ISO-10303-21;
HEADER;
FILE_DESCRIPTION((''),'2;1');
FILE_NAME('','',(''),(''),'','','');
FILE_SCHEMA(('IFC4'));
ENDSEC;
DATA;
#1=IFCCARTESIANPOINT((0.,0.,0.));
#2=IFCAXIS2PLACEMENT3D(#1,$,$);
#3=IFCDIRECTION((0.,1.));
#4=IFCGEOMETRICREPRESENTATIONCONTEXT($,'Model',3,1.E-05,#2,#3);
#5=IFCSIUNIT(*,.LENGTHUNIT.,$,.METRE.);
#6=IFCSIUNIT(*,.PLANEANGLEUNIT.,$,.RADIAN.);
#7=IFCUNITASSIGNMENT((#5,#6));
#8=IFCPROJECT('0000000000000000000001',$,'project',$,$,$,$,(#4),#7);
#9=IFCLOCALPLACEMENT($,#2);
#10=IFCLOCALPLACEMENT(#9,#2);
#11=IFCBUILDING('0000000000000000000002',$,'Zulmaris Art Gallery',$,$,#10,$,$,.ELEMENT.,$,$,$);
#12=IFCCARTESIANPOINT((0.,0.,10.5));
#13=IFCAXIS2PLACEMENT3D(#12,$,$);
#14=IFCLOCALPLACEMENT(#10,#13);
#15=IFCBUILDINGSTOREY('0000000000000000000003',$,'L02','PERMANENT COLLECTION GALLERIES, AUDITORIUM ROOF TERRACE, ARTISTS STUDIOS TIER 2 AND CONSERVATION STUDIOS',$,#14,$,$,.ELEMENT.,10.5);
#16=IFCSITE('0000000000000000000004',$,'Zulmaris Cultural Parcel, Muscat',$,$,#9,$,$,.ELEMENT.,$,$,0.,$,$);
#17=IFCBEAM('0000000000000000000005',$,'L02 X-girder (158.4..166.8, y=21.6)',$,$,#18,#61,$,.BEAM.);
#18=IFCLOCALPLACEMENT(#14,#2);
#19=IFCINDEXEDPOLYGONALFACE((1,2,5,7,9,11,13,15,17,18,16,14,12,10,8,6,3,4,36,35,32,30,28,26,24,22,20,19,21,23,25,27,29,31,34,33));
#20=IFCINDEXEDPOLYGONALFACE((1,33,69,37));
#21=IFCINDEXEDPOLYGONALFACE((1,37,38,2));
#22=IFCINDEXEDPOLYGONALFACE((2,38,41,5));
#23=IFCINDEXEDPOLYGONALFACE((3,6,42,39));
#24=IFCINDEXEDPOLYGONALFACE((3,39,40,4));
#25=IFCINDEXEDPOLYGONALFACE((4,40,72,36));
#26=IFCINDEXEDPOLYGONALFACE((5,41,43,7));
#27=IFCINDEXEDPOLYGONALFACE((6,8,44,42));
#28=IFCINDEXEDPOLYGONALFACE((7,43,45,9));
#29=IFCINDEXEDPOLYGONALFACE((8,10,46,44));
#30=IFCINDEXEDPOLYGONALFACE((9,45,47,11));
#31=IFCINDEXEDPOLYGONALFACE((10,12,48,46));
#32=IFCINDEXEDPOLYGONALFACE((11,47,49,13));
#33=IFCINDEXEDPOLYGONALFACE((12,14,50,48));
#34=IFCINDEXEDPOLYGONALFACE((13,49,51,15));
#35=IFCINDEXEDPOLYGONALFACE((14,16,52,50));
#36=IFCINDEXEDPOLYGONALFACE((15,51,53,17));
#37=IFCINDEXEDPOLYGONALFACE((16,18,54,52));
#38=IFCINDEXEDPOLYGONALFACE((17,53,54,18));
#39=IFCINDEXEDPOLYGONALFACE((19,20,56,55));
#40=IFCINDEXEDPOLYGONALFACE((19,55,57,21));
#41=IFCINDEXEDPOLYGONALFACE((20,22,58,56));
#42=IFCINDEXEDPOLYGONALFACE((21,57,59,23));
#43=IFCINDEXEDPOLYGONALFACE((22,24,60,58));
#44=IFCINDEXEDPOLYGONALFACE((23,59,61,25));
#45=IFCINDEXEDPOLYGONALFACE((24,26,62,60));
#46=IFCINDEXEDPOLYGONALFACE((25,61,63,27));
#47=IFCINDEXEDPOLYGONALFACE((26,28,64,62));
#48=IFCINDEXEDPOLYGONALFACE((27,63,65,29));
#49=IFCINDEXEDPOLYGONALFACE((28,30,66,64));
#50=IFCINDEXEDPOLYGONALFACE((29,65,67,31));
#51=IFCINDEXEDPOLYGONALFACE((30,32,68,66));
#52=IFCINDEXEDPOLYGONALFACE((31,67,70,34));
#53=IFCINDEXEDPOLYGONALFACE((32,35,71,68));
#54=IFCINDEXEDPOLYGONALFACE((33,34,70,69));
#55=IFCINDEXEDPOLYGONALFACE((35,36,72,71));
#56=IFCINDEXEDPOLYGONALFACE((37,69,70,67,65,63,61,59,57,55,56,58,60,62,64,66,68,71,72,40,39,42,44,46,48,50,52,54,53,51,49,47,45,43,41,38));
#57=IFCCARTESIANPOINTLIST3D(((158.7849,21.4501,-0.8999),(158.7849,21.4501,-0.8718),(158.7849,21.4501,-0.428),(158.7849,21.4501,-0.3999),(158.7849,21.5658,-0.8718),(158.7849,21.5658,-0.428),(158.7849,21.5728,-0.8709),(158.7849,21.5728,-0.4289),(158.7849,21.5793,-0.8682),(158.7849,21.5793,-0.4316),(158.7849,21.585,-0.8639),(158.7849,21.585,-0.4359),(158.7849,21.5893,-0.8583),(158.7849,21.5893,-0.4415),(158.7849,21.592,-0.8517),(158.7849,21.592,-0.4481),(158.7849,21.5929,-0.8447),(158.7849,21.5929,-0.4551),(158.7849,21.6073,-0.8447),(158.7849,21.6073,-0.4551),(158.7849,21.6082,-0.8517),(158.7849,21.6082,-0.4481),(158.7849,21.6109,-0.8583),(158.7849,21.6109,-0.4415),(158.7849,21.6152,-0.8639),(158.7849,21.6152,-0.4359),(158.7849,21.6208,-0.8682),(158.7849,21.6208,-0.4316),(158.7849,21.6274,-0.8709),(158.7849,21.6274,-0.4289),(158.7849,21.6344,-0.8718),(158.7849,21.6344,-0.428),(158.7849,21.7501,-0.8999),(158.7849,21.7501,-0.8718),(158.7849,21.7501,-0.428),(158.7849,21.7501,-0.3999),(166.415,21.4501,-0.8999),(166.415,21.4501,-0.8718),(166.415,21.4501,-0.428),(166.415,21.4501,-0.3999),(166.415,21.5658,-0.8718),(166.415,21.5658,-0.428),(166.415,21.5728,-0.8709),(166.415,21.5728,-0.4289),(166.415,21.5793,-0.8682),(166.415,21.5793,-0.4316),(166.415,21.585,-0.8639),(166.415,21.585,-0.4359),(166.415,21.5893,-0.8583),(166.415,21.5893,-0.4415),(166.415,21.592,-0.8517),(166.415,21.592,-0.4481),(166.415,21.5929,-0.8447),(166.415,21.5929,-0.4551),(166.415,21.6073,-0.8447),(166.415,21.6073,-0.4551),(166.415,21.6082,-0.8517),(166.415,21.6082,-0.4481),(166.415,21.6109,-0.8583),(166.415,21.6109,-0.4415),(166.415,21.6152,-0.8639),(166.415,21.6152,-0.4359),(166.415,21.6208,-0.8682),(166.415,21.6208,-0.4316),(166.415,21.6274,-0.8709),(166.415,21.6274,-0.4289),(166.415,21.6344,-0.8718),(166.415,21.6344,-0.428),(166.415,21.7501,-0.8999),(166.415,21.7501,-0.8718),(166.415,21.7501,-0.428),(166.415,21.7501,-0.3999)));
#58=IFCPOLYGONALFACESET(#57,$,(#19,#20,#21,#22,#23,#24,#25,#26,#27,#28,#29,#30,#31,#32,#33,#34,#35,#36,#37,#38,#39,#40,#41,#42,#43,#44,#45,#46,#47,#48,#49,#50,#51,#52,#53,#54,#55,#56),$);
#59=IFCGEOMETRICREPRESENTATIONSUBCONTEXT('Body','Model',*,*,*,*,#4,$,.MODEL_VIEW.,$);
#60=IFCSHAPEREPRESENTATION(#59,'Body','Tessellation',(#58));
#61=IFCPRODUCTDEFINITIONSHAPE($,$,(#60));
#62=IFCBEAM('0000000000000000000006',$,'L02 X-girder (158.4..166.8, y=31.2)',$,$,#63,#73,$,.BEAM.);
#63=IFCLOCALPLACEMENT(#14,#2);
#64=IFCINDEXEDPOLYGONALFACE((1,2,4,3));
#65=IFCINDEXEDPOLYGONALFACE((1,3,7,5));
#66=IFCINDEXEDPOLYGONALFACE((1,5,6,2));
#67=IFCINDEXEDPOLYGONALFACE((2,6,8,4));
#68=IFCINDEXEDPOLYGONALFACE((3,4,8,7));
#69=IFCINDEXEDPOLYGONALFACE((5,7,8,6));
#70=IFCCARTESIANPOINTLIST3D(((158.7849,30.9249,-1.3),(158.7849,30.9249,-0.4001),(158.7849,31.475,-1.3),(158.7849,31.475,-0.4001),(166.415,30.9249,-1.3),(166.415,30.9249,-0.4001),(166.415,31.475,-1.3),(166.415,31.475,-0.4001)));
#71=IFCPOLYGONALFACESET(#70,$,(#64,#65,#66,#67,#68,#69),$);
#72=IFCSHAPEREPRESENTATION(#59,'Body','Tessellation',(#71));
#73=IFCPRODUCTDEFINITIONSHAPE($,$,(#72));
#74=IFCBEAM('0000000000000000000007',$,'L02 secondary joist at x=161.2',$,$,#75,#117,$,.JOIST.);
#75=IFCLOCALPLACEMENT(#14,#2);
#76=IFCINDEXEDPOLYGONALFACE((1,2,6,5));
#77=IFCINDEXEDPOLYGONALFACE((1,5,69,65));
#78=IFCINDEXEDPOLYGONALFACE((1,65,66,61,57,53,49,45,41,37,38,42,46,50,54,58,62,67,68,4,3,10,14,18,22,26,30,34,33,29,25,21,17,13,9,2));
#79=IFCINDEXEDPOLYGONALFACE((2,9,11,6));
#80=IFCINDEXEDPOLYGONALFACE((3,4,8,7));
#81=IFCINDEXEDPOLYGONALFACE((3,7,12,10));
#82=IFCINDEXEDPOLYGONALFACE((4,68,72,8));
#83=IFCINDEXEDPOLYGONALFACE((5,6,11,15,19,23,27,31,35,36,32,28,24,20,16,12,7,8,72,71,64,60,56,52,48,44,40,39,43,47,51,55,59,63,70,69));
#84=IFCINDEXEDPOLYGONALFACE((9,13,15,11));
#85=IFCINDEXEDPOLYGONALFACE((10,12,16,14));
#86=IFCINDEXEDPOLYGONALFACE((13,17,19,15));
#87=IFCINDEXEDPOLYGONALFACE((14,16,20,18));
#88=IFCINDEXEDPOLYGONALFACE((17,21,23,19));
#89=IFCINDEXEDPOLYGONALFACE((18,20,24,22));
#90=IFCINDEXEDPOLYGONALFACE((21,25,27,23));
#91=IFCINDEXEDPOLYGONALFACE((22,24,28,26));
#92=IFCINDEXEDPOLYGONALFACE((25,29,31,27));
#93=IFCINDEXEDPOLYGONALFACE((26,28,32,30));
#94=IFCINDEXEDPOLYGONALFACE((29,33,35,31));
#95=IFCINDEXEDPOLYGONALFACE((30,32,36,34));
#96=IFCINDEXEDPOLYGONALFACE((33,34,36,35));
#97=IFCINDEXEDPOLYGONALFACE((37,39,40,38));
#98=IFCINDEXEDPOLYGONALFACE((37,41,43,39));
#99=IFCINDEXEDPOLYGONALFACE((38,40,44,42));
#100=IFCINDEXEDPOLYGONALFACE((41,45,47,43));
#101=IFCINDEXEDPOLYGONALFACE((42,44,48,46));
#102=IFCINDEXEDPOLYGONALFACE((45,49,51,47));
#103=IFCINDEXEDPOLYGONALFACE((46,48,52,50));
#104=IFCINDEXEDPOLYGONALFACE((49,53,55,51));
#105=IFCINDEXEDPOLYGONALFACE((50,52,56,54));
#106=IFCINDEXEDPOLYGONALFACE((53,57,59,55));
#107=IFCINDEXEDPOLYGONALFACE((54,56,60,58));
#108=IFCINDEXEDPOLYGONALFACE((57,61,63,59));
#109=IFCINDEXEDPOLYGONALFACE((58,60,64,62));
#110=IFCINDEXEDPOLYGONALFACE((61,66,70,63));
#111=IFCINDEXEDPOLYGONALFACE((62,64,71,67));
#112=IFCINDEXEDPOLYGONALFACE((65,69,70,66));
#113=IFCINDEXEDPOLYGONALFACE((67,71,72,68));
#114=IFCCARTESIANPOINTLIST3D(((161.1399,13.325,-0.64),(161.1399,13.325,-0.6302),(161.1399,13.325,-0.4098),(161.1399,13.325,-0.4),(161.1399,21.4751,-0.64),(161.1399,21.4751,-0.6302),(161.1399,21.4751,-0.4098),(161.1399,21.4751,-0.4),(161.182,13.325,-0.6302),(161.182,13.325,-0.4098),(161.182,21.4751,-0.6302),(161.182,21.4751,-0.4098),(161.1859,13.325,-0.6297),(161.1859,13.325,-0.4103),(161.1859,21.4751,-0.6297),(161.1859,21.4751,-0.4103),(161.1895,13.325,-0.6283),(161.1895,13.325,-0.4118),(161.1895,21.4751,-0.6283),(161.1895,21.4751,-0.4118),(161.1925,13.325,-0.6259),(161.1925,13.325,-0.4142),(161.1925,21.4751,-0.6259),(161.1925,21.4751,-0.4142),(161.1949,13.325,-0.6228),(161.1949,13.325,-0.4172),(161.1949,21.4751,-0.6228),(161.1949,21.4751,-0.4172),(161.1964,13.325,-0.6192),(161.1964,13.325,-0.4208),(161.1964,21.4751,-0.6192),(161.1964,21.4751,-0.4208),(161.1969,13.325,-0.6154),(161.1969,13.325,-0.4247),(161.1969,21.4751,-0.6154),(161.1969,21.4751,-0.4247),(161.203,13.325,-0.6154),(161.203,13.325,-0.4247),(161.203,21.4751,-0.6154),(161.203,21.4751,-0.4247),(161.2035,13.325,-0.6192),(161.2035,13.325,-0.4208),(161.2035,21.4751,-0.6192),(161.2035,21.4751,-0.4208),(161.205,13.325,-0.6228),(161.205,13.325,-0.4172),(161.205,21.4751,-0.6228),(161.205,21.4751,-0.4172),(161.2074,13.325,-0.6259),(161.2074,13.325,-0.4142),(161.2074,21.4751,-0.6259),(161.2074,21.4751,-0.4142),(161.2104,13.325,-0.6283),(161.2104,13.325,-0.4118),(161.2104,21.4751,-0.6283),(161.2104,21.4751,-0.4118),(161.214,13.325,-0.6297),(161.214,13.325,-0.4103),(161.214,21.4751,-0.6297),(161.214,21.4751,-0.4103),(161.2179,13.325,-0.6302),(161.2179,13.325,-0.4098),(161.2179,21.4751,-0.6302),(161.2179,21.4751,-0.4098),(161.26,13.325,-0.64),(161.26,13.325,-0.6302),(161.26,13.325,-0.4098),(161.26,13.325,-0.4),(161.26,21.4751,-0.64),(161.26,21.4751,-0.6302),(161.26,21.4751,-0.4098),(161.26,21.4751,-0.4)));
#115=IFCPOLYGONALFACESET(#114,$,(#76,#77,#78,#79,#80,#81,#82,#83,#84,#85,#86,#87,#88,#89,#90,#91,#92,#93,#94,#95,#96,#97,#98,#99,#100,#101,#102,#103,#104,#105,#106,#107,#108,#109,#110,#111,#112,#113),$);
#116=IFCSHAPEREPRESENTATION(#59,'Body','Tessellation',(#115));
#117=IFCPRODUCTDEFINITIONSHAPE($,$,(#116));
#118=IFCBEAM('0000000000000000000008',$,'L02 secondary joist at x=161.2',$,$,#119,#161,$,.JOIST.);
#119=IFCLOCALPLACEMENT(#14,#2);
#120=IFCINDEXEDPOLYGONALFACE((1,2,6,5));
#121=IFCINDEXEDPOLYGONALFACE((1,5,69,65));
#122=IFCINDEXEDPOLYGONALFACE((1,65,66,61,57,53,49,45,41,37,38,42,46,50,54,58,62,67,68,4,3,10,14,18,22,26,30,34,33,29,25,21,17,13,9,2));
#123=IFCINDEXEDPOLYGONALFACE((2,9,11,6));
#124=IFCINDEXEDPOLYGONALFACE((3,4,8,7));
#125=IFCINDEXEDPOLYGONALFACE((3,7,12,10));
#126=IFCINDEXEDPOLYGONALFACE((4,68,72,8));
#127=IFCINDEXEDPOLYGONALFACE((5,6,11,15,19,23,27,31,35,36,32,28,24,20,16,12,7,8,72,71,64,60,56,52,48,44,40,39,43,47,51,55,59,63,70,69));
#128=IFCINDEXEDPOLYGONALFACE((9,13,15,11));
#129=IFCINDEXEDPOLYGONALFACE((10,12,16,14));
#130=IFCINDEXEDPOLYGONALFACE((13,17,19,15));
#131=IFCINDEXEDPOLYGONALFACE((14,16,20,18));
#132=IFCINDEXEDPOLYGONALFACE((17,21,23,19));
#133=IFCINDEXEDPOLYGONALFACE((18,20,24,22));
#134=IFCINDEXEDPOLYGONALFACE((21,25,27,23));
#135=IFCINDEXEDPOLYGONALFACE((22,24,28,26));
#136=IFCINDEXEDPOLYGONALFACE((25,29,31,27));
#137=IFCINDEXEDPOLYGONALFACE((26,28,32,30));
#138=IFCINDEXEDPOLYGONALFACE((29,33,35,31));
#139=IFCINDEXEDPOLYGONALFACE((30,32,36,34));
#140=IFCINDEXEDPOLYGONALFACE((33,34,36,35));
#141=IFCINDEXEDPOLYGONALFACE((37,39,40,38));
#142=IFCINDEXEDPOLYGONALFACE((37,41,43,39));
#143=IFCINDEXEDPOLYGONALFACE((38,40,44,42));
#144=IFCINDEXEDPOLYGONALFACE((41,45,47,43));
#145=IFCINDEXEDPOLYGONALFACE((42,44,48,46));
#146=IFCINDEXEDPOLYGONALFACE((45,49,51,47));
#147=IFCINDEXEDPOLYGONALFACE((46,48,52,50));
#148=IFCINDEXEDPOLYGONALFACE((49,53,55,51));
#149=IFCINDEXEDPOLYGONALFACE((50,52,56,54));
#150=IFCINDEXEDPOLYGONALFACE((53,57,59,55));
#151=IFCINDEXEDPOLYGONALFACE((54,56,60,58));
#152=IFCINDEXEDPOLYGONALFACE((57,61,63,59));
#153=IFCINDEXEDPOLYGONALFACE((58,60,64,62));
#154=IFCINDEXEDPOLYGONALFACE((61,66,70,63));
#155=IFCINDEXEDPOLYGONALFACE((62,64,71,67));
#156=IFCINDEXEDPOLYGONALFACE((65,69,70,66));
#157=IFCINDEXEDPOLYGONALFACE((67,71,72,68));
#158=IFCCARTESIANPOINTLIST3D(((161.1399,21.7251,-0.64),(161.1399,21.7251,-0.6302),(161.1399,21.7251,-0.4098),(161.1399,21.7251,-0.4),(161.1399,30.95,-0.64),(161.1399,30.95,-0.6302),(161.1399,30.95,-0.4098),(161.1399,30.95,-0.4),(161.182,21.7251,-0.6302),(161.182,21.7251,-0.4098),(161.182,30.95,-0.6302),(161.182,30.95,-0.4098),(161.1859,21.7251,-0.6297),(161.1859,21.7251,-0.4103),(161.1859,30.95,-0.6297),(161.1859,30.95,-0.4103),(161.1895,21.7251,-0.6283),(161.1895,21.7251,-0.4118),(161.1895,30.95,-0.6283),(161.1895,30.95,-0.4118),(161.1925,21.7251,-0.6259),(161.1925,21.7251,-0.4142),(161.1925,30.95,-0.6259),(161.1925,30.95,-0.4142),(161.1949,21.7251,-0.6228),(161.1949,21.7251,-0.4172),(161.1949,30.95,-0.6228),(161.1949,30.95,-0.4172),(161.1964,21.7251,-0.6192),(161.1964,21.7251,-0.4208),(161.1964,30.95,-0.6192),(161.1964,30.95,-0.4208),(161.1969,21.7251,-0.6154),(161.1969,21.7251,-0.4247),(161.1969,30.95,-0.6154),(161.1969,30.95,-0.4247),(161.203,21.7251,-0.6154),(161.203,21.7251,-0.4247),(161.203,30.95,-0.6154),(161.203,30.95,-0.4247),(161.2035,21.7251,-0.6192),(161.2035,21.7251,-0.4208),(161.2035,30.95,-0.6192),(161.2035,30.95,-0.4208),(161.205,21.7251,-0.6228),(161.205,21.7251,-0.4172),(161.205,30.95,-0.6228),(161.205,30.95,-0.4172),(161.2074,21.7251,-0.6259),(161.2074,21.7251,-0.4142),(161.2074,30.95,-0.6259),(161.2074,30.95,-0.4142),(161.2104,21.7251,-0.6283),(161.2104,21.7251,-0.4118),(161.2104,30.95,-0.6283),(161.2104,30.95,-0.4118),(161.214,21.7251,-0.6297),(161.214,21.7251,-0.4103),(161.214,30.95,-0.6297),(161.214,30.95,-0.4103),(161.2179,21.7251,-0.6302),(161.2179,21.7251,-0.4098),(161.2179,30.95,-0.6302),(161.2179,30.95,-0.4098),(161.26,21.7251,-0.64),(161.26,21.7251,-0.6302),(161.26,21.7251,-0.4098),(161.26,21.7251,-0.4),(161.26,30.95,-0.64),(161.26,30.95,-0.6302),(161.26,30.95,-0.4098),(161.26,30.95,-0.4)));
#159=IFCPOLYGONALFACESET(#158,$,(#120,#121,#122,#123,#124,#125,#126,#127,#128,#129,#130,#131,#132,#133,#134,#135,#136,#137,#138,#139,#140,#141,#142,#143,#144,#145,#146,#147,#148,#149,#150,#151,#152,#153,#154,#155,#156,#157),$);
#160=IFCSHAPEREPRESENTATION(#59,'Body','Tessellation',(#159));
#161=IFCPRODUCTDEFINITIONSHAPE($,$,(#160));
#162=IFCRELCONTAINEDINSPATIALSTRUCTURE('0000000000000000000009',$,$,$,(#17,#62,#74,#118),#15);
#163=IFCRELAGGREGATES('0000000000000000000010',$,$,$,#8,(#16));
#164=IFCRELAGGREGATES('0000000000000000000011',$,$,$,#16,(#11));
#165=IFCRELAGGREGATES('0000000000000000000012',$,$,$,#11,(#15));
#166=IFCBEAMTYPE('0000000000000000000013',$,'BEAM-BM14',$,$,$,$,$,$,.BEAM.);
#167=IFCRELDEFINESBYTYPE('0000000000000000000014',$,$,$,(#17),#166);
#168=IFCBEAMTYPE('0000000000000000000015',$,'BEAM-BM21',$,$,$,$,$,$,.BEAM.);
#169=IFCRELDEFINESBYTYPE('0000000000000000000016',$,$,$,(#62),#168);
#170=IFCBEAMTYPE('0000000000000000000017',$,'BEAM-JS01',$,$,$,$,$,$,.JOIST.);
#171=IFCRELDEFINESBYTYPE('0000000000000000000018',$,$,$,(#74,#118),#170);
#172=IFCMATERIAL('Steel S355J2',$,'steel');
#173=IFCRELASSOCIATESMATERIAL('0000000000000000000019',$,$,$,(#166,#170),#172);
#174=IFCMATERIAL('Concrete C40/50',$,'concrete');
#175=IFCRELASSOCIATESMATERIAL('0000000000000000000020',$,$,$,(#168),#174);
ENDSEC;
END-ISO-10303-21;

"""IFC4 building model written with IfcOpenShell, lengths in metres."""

from ifc_helpers import new_model, si_unit, direction, frame, origin, origin_2d, place, context, subcontext, project, spatial, rectangle, i_section, extrude, material, material_profile, profile_set, type_object, element, save


model = new_model("IFC4")

# Units and contexts
model_context = context("Model", 3, precision=1e-05, world=origin(), true_north=direction((0.0, 1.0)))
body_context = subcontext(model_context, "Body", "Model", "MODEL_VIEW")
ifc_project = project(units=[si_unit("LENGTHUNIT", "METRE"), si_unit("PLANEANGLEUNIT", "RADIAN")], contexts=[model_context])

# Site, building, storey
site_placement = place(None, origin())
site = spatial("IfcSite", under=ifc_project, at=site_placement, Name="Zulmaris Cultural Parcel, Muscat", CompositionType="ELEMENT", RefElevation=0.0)
building_placement = place(site_placement, origin())
building = spatial("IfcBuilding", under=site, at=building_placement, Name="Zulmaris Art Gallery", CompositionType="ELEMENT")
storey_placement = place(building_placement, frame((0.0, 0.0, 10.5)))
storey = spatial("IfcBuildingStorey", under=building, at=storey_placement, Name="L02", Description="PERMANENT COLLECTION GALLERIES, AUDITORIUM ROOF TERRACE, ARTISTS STUDIOS TIER 2 AND CONSERVATION STUDIOS", CompositionType="ELEMENT", Elevation=10.5)

# Beams
ifc_material_1 = material(Name="Steel S355J2", Category="steel")
ifc_material_profile_1 = material_profile(ifc_material_1, i_section(OverallWidth=0.3, OverallDepth=0.5, WebThickness=0.0144, FlangeThickness=0.0281, FilletRadius=0.0271, at=origin_2d()), Name="HEB 500")
ifc_profile_set_1 = profile_set([ifc_material_profile_1], Name="Steel S355J2")
beam_type_1 = type_object("IfcBeamType", Name="BEAM-BM14", PredefinedType="BEAM", material=ifc_profile_set_1)
beam_1_placement = place(storey_placement, frame((158.7849, 21.6001, -0.6499), z_axis=(1.0, 0.0, 0.0), x_axis=(0.0, 1.0, 0.0)))
element("IfcBeam", 1, at=beam_1_placement, inside=storey, type_object=beam_type_1, Name="L02 X-girder (158.4..166.8, y=21.6)", PredefinedType="BEAM", context=body_context, shape_type="SweptSolid", body=[
    extrude(i_section(OverallWidth=0.3, OverallDepth=0.5, WebThickness=0.0144, FlangeThickness=0.0281, FilletRadius=0.0271, at=origin_2d()), origin(), (0.0, 0.0, 1.0), 7.6301),
])
ifc_material_2 = material(Name="Concrete C40/50", Category="concrete")
ifc_material_profile_2 = material_profile(ifc_material_2, rectangle(XDim=0.55, YDim=0.8999, at=origin_2d()), Name="RC 550x900")
ifc_profile_set_2 = profile_set([ifc_material_profile_2], Name="Concrete C40/50")
beam_type_2 = type_object("IfcBeamType", Name="BEAM-BM21", PredefinedType="BEAM", material=ifc_profile_set_2)
beam_2_placement = place(storey_placement, frame((158.7849, 31.2, -0.8501), z_axis=(1.0, 0.0, 0.0), x_axis=(0.0, 1.0, 0.0)))
element("IfcBeam", 2, at=beam_2_placement, inside=storey, type_object=beam_type_2, Name="L02 X-girder (158.4..166.8, y=31.2)", PredefinedType="BEAM", context=body_context, shape_type="SweptSolid", body=[
    extrude(rectangle(XDim=0.55, YDim=0.8999, at=origin_2d()), origin(), (0.0, 0.0, 1.0), 7.6301),
])
ifc_material_profile_3 = material_profile(ifc_material_1, i_section(OverallWidth=0.1201, OverallDepth=0.24, WebThickness=0.0061, FlangeThickness=0.0098, FilletRadius=0.0149, at=origin_2d()), Name="IPE 240")
ifc_profile_set_3 = profile_set([ifc_material_profile_3], Name="Steel S355J2")
beam_type_3 = type_object("IfcBeamType", Name="BEAM-JS01", PredefinedType="JOIST", material=ifc_profile_set_3)
beam_3_placement = place(storey_placement, frame((161.2, 13.325, -0.52), z_axis=(0.0, 1.0, 0.0), x_axis=(-1.0, 0.0, 0.0)))
element("IfcBeam", 3, at=beam_3_placement, inside=storey, type_object=beam_type_3, Name="L02 secondary joist at x=161.2", PredefinedType="JOIST", context=body_context, shape_type="SweptSolid", body=[
    extrude(i_section(OverallWidth=0.1201, OverallDepth=0.24, WebThickness=0.0061, FlangeThickness=0.0098, FilletRadius=0.0149, at=origin_2d()), origin(), (0.0, 0.0, 1.0), 8.1501),
])
beam_4_placement = place(storey_placement, frame((161.2, 21.7251, -0.52), z_axis=(0.0, 1.0, 0.0), x_axis=(-1.0, 0.0, 0.0)))
element("IfcBeam", 4, at=beam_4_placement, inside=storey, type_object=beam_type_3, Name="L02 secondary joist at x=161.2", PredefinedType="JOIST", context=body_context, shape_type="SweptSolid", body=[
    extrude(i_section(OverallWidth=0.1201, OverallDepth=0.24, WebThickness=0.0061, FlangeThickness=0.0098, FilletRadius=0.0149, at=origin_2d()), origin(), (0.0, 0.0, 1.0), 9.2249),
])

save(model, "model.ifc")
